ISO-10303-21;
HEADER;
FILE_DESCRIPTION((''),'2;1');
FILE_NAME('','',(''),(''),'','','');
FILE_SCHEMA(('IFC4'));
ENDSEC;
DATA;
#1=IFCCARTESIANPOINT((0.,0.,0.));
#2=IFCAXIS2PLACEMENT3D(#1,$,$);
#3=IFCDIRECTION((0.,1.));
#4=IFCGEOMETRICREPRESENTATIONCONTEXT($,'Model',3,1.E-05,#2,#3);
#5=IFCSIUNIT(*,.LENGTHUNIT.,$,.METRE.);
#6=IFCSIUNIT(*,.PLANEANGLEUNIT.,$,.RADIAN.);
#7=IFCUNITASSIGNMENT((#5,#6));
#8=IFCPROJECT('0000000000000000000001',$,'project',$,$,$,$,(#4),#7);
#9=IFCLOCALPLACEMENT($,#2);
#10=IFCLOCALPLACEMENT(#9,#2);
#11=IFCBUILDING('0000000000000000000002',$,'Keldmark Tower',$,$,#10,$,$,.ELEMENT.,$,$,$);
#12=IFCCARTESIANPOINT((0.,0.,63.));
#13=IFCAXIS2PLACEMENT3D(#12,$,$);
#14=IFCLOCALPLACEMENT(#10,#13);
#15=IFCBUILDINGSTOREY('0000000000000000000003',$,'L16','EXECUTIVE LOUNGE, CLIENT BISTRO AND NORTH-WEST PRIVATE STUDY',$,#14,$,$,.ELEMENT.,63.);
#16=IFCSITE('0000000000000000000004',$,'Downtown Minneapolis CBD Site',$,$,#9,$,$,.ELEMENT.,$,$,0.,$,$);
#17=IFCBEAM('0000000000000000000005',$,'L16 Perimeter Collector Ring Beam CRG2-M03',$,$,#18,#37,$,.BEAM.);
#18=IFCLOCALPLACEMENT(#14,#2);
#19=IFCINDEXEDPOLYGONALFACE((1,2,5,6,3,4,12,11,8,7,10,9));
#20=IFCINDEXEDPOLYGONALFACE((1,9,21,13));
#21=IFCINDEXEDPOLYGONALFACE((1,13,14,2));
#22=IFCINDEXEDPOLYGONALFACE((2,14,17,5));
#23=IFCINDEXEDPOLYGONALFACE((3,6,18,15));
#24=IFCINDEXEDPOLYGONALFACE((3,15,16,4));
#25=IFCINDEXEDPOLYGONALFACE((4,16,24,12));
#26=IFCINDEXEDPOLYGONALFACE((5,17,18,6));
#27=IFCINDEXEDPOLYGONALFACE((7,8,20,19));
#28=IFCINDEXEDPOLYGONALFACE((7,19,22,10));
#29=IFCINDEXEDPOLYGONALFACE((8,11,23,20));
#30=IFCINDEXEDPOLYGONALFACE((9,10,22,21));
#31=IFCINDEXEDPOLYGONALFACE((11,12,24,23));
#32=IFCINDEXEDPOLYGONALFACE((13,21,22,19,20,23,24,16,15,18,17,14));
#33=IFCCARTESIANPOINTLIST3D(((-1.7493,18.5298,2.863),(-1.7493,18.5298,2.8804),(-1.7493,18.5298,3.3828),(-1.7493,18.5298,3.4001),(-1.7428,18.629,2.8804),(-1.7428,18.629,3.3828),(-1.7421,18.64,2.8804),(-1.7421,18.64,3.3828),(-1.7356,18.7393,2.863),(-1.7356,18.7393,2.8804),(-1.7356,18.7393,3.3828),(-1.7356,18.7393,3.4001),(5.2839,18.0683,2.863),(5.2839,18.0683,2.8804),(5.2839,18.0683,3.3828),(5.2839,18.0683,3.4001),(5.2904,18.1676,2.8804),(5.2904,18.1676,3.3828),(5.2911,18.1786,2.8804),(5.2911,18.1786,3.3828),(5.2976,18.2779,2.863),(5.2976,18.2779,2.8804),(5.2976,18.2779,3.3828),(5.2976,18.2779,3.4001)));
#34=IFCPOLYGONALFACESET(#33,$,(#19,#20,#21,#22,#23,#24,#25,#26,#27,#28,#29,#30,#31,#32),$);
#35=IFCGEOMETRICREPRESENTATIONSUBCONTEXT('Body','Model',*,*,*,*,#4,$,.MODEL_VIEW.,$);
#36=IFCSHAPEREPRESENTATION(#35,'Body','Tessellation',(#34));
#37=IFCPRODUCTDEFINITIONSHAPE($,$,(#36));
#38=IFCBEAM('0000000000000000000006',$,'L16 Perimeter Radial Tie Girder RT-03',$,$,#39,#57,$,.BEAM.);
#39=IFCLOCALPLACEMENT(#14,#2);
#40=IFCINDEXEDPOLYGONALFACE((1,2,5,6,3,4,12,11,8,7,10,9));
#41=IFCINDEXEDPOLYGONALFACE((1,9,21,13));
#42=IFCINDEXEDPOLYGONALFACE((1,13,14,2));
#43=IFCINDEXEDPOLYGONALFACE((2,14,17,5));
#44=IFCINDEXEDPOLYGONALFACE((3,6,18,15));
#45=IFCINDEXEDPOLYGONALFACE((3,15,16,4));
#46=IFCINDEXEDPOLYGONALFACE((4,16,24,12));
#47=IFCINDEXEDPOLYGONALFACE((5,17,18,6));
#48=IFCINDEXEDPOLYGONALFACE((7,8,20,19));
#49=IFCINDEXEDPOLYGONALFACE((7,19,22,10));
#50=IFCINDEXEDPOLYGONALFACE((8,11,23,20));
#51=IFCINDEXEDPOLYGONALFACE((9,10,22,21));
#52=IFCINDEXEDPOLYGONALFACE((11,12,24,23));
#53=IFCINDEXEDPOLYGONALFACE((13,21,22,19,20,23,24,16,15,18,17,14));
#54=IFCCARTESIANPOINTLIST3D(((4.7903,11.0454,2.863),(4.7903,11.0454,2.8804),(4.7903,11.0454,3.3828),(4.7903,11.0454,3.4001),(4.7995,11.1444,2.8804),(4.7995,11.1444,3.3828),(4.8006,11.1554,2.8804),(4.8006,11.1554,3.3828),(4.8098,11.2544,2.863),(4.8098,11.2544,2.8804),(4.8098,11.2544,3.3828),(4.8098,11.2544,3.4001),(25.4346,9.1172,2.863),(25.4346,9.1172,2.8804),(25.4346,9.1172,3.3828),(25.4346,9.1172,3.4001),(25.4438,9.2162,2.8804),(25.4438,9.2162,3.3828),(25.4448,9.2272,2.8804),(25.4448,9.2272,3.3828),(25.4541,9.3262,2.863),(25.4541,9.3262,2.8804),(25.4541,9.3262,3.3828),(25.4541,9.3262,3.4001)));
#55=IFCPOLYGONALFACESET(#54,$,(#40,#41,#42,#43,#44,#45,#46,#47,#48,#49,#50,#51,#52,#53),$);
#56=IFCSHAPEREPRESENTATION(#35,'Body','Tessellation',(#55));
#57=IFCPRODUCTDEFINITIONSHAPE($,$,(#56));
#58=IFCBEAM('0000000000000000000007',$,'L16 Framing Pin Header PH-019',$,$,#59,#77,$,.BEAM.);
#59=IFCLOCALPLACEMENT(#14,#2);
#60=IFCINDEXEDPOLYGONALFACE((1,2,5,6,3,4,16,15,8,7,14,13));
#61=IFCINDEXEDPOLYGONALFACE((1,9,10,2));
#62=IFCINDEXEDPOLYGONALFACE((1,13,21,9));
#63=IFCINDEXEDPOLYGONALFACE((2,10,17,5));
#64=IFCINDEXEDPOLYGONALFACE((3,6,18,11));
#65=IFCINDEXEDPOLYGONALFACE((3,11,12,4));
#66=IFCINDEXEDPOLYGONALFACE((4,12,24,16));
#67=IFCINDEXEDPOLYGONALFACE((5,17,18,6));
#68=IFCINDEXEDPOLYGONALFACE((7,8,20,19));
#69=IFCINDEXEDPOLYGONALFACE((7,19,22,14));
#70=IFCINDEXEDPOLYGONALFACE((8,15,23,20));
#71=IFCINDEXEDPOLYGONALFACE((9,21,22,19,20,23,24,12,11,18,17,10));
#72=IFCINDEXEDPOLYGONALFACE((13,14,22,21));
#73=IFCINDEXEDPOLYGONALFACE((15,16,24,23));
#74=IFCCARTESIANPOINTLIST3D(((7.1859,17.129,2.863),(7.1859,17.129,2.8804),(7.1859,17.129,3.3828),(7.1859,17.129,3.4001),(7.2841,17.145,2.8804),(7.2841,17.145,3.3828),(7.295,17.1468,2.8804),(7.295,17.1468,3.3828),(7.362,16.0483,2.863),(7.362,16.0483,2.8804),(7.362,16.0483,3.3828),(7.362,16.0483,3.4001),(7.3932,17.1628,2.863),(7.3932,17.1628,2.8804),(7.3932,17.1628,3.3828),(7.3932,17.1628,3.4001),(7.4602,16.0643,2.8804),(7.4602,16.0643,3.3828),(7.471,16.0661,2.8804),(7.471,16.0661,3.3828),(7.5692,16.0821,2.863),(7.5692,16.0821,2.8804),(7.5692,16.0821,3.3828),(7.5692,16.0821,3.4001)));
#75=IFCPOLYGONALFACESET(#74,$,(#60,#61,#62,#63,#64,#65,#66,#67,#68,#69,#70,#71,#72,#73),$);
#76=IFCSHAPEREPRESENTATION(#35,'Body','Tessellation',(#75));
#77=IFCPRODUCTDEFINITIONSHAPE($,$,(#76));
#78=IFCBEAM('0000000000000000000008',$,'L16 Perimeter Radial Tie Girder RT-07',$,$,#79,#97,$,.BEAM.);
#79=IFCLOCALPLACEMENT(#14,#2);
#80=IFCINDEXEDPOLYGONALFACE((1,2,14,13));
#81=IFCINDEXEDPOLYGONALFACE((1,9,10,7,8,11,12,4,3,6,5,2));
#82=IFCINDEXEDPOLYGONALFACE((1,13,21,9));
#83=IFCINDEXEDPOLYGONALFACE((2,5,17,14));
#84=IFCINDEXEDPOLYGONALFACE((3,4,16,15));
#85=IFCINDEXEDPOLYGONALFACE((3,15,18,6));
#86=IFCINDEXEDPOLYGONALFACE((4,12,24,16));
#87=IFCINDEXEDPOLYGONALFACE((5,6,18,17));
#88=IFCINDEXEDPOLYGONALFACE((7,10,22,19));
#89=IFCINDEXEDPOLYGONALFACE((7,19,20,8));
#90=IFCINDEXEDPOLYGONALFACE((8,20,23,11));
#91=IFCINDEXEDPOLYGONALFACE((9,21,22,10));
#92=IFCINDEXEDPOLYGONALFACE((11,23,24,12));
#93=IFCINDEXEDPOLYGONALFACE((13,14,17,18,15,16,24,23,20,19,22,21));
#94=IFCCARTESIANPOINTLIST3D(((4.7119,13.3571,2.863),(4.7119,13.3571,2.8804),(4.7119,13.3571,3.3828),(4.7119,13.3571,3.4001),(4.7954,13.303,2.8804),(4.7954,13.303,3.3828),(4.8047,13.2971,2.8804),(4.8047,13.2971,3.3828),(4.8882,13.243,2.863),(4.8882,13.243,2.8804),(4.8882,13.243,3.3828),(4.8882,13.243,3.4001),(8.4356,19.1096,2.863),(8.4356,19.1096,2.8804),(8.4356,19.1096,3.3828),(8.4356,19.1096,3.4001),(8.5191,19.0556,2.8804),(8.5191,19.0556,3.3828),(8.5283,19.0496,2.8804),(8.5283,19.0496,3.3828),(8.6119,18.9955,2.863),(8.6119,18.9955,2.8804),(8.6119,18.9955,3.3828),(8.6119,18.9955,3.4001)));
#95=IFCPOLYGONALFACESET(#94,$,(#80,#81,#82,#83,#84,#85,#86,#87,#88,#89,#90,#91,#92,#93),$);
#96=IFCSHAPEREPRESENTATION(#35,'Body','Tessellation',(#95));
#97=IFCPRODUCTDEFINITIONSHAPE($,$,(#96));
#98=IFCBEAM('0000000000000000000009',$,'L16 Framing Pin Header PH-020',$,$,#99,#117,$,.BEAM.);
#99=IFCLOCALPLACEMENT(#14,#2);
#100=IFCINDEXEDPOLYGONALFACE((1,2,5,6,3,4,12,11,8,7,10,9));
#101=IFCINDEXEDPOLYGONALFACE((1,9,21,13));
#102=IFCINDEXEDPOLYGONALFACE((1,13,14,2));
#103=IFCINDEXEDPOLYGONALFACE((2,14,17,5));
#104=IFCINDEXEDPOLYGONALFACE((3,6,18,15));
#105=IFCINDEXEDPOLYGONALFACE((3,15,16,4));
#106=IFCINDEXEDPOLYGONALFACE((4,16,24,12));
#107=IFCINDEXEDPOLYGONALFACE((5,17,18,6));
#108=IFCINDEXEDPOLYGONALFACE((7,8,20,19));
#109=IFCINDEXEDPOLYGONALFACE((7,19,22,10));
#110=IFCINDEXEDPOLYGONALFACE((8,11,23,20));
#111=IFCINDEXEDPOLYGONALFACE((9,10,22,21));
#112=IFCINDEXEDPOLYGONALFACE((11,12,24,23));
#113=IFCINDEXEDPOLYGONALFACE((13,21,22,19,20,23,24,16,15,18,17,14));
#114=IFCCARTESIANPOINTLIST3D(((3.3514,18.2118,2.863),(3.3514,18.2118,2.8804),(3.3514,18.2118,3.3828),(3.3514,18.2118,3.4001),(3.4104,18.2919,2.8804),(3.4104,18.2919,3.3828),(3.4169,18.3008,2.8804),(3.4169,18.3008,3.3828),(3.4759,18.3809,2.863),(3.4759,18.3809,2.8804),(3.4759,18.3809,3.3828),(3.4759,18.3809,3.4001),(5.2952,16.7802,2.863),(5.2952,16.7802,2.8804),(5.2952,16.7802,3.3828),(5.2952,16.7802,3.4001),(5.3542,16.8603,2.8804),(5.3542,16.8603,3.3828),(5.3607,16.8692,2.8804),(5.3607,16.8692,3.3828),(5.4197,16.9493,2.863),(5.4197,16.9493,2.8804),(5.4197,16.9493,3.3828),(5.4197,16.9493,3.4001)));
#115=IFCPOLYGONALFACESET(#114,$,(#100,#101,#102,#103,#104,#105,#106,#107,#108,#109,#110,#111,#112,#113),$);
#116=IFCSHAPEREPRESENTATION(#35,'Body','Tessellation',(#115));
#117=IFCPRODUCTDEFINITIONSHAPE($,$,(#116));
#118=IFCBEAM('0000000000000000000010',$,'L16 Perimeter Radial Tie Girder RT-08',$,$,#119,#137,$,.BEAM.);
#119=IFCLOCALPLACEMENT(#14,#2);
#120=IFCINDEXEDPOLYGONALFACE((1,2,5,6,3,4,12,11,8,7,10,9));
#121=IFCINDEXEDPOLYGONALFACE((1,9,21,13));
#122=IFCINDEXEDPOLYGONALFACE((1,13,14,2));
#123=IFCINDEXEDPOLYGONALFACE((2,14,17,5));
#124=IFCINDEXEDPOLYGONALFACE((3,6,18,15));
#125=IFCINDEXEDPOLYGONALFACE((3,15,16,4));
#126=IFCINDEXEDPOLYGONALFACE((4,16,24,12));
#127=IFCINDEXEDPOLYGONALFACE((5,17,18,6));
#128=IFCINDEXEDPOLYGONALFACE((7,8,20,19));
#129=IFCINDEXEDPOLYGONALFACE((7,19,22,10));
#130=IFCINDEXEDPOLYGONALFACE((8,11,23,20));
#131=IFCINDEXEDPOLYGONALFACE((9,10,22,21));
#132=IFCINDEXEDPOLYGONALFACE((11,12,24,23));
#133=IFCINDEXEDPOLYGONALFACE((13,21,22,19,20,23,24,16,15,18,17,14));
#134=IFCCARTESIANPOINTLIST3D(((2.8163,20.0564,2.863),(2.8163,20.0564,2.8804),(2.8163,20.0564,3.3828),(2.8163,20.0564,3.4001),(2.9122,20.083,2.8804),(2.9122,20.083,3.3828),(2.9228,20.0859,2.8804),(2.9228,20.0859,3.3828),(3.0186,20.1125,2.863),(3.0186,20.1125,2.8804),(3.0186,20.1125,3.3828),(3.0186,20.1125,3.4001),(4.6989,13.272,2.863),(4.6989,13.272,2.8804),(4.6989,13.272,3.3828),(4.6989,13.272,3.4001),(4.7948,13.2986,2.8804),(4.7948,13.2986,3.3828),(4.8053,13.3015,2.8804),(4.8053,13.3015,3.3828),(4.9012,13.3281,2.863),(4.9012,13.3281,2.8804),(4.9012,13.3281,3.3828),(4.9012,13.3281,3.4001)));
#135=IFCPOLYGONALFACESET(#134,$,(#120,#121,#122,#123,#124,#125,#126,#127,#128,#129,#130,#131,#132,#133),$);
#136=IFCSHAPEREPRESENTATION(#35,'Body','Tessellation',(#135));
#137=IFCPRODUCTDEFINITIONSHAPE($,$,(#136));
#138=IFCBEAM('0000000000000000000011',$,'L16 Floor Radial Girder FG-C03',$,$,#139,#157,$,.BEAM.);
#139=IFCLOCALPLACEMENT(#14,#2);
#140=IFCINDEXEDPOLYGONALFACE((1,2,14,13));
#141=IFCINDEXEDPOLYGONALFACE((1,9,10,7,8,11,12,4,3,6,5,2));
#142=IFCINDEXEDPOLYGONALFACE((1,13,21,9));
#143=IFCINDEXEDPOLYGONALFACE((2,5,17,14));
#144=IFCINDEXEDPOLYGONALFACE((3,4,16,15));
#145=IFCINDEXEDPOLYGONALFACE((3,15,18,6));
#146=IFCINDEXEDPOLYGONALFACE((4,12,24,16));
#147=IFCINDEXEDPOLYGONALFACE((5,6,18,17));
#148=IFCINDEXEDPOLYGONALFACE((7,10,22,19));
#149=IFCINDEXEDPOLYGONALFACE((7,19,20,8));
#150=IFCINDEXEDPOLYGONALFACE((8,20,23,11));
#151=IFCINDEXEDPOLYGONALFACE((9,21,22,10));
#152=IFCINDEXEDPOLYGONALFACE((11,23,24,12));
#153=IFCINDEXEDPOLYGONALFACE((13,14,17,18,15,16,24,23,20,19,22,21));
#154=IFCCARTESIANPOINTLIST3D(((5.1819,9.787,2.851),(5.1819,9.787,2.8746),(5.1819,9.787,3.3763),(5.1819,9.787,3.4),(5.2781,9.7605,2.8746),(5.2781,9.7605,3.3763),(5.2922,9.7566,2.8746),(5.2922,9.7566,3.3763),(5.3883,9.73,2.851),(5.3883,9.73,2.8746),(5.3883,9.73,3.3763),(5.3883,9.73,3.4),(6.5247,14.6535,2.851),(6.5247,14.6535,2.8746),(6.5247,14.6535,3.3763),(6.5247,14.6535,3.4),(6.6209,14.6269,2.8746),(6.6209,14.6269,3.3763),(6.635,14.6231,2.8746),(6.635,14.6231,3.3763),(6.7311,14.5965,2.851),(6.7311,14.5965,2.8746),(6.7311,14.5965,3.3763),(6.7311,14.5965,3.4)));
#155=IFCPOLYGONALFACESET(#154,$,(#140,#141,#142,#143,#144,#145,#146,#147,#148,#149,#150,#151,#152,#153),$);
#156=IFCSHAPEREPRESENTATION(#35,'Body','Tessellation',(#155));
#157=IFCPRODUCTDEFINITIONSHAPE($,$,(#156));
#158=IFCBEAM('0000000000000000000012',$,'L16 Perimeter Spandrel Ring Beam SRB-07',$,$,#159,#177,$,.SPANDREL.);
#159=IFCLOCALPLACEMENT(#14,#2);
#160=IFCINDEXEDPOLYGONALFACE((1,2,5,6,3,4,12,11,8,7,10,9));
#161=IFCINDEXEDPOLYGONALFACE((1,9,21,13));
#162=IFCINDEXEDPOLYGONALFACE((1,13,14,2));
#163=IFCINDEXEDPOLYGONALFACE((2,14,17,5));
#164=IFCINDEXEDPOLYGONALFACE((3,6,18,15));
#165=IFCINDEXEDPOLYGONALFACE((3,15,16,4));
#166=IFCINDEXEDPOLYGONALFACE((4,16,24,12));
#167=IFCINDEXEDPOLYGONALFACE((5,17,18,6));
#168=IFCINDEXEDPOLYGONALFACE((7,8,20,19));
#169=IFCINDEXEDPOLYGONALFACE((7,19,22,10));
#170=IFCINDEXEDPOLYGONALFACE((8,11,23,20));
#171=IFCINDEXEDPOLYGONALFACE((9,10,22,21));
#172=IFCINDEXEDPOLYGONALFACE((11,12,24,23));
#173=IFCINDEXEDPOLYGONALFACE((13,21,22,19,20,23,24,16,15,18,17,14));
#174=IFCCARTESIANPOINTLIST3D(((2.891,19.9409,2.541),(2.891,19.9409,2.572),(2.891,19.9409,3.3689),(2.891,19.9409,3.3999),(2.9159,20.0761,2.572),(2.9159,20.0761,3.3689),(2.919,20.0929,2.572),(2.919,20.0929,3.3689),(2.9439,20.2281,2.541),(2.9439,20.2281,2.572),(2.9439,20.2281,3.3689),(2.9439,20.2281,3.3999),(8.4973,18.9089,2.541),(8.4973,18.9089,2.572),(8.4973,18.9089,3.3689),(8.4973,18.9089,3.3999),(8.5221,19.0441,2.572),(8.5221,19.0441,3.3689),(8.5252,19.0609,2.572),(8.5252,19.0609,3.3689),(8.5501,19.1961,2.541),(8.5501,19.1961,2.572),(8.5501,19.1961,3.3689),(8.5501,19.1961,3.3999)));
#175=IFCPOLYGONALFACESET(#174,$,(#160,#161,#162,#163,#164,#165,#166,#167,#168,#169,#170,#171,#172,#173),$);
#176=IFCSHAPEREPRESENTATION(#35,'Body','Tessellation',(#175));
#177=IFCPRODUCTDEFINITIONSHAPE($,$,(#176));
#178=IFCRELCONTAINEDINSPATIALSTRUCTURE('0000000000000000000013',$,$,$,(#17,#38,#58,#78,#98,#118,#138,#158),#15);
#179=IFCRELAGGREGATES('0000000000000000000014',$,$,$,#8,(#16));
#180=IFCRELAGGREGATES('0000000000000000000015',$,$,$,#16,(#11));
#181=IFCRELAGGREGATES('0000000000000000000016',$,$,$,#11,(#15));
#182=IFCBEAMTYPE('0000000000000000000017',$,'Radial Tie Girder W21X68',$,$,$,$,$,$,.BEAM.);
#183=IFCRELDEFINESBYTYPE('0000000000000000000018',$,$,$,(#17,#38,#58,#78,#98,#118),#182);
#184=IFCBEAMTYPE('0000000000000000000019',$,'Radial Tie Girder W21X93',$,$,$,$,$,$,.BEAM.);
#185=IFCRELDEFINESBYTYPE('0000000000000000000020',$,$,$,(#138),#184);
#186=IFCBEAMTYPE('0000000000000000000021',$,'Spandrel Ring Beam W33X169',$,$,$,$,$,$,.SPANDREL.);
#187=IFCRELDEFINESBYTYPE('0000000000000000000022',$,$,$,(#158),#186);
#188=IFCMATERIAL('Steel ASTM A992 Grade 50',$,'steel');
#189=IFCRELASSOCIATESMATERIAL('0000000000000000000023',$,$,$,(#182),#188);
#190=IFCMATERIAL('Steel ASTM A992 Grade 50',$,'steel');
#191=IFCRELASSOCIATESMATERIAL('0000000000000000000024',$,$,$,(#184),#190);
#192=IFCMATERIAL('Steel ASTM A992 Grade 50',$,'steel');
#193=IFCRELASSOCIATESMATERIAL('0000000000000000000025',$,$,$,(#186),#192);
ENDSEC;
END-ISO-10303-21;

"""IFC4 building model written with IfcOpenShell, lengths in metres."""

from ifc_helpers import new_model, si_unit, direction, frame, origin, origin_2d, place, context, subcontext, project, spatial, i_section, extrude, material, material_profile, profile_set, type_object, element, save


model = new_model("IFC4")

# Units and contexts
model_context = context("Model", 3, precision=1e-05, world=origin(), true_north=direction((0.0, 1.0)))
body_context = subcontext(model_context, "Body", "Model", "MODEL_VIEW")
ifc_project = project(units=[si_unit("LENGTHUNIT", "METRE"), si_unit("PLANEANGLEUNIT", "RADIAN")], contexts=[model_context])

# Site, building, storey
site_placement = place(None, origin())
site = spatial("IfcSite", under=ifc_project, at=site_placement, Name="Downtown Minneapolis CBD Site", CompositionType="ELEMENT", RefElevation=0.0)
building_placement = place(site_placement, origin())
building = spatial("IfcBuilding", under=site, at=building_placement, Name="Keldmark Tower", CompositionType="ELEMENT")
storey_placement = place(building_placement, frame((0.0, 0.0, 63.0)))
storey = spatial("IfcBuildingStorey", under=building, at=storey_placement, Name="L16", Description="EXECUTIVE LOUNGE, CLIENT BISTRO AND NORTH-WEST PRIVATE STUDY", CompositionType="ELEMENT", Elevation=63.0)

# Beams
ifc_material_1 = material(Name="Steel ASTM A992 Grade 50", Category="steel")
ifc_material_profile_1 = material_profile(ifc_material_1, i_section(OverallWidth=0.21, OverallDepth=0.5371, WebThickness=0.011, FlangeThickness=0.0173, at=origin_2d()), Name="W21X68")
ifc_profile_set_1 = profile_set([ifc_material_profile_1], Name="Steel ASTM A992 Grade 50")
beam_type_1 = type_object("IfcBeamType", Name="Radial Tie Girder W21X68", PredefinedType="BEAM", material=ifc_profile_set_1)
beam_1_placement = place(storey_placement, frame((5.2908, 18.1731, 3.1316), z_axis=(-0.997855, 0.065466, 0.0), x_axis=(-0.065466, -0.997855, 0.0)))
element("IfcBeam", 1, at=beam_1_placement, inside=storey, type_object=beam_type_1, Name="L16 Perimeter Collector Ring Beam CRG2-M03", PredefinedType="BEAM", context=body_context, shape_type="SweptSolid", body=[
    extrude(i_section(OverallWidth=0.21, OverallDepth=0.5371, WebThickness=0.011, FlangeThickness=0.0173, at=origin_2d()), origin(), (0.0, 0.0, 1.0), 7.0483),
])
beam_2_placement = place(storey_placement, frame((4.8, 11.1499, 3.1316), z_axis=(0.995666, -0.092997, 0.0), x_axis=(0.092997, 0.995666, 0.0)))
element("IfcBeam", 2, at=beam_2_placement, inside=storey, type_object=beam_type_1, Name="L16 Perimeter Radial Tie Girder RT-03", PredefinedType="BEAM", context=body_context, shape_type="SweptSolid", body=[
    extrude(i_section(OverallWidth=0.21, OverallDepth=0.5371, WebThickness=0.011, FlangeThickness=0.0173, at=origin_2d()), origin(), (0.0, 0.0, 1.0), 20.7341),
])
beam_3_placement = place(storey_placement, frame((7.4656, 16.0652, 3.1316), z_axis=(-0.160746, 0.986996, 0.0), x_axis=(-0.986996, -0.160746, 0.0)))
element("IfcBeam", 3, at=beam_3_placement, inside=storey, type_object=beam_type_1, Name="L16 Framing Pin Header PH-019", PredefinedType="BEAM", context=body_context, shape_type="SweptSolid", body=[
    extrude(i_section(OverallWidth=0.21, OverallDepth=0.5371, WebThickness=0.011, FlangeThickness=0.0173, at=origin_2d()), origin(), (0.0, 0.0, 1.0), 1.095),
])
beam_4_placement = place(storey_placement, frame((4.8, 13.3, 3.1316), z_axis=(0.543402, 0.839473, 0.0), x_axis=(-0.839473, 0.543402, 0.0)))
element("IfcBeam", 4, at=beam_4_placement, inside=storey, type_object=beam_type_1, Name="L16 Perimeter Radial Tie Girder RT-07", PredefinedType="BEAM", context=body_context, shape_type="SweptSolid", body=[
    extrude(i_section(OverallWidth=0.21, OverallDepth=0.5371, WebThickness=0.011, FlangeThickness=0.0173, at=origin_2d()), origin(), (0.0, 0.0, 1.0), 6.8525),
])
beam_5_placement = place(storey_placement, frame((5.3574, 16.8647, 3.1316), z_axis=(-0.805188, 0.59302, 0.0), x_axis=(-0.59302, -0.805188, 0.0)))
element("IfcBeam", 5, at=beam_5_placement, inside=storey, type_object=beam_type_1, Name="L16 Framing Pin Header PH-020", PredefinedType="BEAM", context=body_context, shape_type="SweptSolid", body=[
    extrude(i_section(OverallWidth=0.21, OverallDepth=0.5371, WebThickness=0.011, FlangeThickness=0.0173, at=origin_2d()), origin(), (0.0, 0.0, 1.0), 2.4141),
])
beam_6_placement = place(storey_placement, frame((4.8, 13.3, 3.1316), z_axis=(-0.267381, 0.963591, 0.0), x_axis=(-0.963591, -0.267381, 0.0)))
element("IfcBeam", 6, at=beam_6_placement, inside=storey, type_object=beam_type_1, Name="L16 Perimeter Radial Tie Girder RT-08", PredefinedType="BEAM", context=body_context, shape_type="SweptSolid", body=[
    extrude(i_section(OverallWidth=0.21, OverallDepth=0.5371, WebThickness=0.011, FlangeThickness=0.0173, at=origin_2d()), origin(), (0.0, 0.0, 1.0), 7.0408),
])
ifc_material_2 = material(Name="Steel ASTM A992 Grade 50", Category="steel")
ifc_material_profile_2 = material_profile(ifc_material_2, i_section(OverallWidth=0.2141, OverallDepth=0.5491, WebThickness=0.0146, FlangeThickness=0.0237, at=origin_2d()), Name="W21X93")
ifc_profile_set_2 = profile_set([ifc_material_profile_2], Name="Steel ASTM A992 Grade 50")
beam_type_2 = type_object("IfcBeamType", Name="Radial Tie Girder W21X93", PredefinedType="BEAM", material=ifc_profile_set_2)
beam_7_placement = place(storey_placement, frame((6.6279, 14.625, 3.1255), z_axis=(-0.265985, -0.963977, 0.0), x_axis=(0.963977, -0.265985, 0.0)))
element("IfcBeam", 7, at=beam_7_placement, inside=storey, type_object=beam_type_2, Name="L16 Floor Radial Girder FG-C03", PredefinedType="BEAM", context=body_context, shape_type="SweptSolid", body=[
    extrude(i_section(OverallWidth=0.2141, OverallDepth=0.5491, WebThickness=0.0146, FlangeThickness=0.0237, at=origin_2d()), origin(), (0.0, 0.0, 1.0), 5.0483),
])
ifc_material_3 = material(Name="Steel ASTM A992 Grade 50", Category="steel")
ifc_material_profile_3 = material_profile(ifc_material_3, i_section(OverallWidth=0.292, OverallDepth=0.8589, WebThickness=0.0171, FlangeThickness=0.031, at=origin_2d()), Name="W33X169")
ifc_profile_set_3 = profile_set([ifc_material_profile_3], Name="Steel ASTM A992 Grade 50")
beam_type_3 = type_object("IfcBeamType", Name="Spandrel Ring Beam W33X169", PredefinedType="SPANDREL", material=ifc_profile_set_3)
beam_8_placement = place(storey_placement, frame((8.5237, 19.0525, 2.9705), z_axis=(-0.983476, 0.181037, 0.0), x_axis=(-0.181037, -0.983476, 0.0)))
element("IfcBeam", 8, at=beam_8_placement, inside=storey, type_object=beam_type_3, Name="L16 Perimeter Spandrel Ring Beam SRB-07", PredefinedType="SPANDREL", context=body_context, shape_type="SweptSolid", body=[
    extrude(i_section(OverallWidth=0.292, OverallDepth=0.8589, WebThickness=0.0171, FlangeThickness=0.031, at=origin_2d()), origin(), (0.0, 0.0, 1.0), 5.7004),
])

save(model, "model.ifc")
